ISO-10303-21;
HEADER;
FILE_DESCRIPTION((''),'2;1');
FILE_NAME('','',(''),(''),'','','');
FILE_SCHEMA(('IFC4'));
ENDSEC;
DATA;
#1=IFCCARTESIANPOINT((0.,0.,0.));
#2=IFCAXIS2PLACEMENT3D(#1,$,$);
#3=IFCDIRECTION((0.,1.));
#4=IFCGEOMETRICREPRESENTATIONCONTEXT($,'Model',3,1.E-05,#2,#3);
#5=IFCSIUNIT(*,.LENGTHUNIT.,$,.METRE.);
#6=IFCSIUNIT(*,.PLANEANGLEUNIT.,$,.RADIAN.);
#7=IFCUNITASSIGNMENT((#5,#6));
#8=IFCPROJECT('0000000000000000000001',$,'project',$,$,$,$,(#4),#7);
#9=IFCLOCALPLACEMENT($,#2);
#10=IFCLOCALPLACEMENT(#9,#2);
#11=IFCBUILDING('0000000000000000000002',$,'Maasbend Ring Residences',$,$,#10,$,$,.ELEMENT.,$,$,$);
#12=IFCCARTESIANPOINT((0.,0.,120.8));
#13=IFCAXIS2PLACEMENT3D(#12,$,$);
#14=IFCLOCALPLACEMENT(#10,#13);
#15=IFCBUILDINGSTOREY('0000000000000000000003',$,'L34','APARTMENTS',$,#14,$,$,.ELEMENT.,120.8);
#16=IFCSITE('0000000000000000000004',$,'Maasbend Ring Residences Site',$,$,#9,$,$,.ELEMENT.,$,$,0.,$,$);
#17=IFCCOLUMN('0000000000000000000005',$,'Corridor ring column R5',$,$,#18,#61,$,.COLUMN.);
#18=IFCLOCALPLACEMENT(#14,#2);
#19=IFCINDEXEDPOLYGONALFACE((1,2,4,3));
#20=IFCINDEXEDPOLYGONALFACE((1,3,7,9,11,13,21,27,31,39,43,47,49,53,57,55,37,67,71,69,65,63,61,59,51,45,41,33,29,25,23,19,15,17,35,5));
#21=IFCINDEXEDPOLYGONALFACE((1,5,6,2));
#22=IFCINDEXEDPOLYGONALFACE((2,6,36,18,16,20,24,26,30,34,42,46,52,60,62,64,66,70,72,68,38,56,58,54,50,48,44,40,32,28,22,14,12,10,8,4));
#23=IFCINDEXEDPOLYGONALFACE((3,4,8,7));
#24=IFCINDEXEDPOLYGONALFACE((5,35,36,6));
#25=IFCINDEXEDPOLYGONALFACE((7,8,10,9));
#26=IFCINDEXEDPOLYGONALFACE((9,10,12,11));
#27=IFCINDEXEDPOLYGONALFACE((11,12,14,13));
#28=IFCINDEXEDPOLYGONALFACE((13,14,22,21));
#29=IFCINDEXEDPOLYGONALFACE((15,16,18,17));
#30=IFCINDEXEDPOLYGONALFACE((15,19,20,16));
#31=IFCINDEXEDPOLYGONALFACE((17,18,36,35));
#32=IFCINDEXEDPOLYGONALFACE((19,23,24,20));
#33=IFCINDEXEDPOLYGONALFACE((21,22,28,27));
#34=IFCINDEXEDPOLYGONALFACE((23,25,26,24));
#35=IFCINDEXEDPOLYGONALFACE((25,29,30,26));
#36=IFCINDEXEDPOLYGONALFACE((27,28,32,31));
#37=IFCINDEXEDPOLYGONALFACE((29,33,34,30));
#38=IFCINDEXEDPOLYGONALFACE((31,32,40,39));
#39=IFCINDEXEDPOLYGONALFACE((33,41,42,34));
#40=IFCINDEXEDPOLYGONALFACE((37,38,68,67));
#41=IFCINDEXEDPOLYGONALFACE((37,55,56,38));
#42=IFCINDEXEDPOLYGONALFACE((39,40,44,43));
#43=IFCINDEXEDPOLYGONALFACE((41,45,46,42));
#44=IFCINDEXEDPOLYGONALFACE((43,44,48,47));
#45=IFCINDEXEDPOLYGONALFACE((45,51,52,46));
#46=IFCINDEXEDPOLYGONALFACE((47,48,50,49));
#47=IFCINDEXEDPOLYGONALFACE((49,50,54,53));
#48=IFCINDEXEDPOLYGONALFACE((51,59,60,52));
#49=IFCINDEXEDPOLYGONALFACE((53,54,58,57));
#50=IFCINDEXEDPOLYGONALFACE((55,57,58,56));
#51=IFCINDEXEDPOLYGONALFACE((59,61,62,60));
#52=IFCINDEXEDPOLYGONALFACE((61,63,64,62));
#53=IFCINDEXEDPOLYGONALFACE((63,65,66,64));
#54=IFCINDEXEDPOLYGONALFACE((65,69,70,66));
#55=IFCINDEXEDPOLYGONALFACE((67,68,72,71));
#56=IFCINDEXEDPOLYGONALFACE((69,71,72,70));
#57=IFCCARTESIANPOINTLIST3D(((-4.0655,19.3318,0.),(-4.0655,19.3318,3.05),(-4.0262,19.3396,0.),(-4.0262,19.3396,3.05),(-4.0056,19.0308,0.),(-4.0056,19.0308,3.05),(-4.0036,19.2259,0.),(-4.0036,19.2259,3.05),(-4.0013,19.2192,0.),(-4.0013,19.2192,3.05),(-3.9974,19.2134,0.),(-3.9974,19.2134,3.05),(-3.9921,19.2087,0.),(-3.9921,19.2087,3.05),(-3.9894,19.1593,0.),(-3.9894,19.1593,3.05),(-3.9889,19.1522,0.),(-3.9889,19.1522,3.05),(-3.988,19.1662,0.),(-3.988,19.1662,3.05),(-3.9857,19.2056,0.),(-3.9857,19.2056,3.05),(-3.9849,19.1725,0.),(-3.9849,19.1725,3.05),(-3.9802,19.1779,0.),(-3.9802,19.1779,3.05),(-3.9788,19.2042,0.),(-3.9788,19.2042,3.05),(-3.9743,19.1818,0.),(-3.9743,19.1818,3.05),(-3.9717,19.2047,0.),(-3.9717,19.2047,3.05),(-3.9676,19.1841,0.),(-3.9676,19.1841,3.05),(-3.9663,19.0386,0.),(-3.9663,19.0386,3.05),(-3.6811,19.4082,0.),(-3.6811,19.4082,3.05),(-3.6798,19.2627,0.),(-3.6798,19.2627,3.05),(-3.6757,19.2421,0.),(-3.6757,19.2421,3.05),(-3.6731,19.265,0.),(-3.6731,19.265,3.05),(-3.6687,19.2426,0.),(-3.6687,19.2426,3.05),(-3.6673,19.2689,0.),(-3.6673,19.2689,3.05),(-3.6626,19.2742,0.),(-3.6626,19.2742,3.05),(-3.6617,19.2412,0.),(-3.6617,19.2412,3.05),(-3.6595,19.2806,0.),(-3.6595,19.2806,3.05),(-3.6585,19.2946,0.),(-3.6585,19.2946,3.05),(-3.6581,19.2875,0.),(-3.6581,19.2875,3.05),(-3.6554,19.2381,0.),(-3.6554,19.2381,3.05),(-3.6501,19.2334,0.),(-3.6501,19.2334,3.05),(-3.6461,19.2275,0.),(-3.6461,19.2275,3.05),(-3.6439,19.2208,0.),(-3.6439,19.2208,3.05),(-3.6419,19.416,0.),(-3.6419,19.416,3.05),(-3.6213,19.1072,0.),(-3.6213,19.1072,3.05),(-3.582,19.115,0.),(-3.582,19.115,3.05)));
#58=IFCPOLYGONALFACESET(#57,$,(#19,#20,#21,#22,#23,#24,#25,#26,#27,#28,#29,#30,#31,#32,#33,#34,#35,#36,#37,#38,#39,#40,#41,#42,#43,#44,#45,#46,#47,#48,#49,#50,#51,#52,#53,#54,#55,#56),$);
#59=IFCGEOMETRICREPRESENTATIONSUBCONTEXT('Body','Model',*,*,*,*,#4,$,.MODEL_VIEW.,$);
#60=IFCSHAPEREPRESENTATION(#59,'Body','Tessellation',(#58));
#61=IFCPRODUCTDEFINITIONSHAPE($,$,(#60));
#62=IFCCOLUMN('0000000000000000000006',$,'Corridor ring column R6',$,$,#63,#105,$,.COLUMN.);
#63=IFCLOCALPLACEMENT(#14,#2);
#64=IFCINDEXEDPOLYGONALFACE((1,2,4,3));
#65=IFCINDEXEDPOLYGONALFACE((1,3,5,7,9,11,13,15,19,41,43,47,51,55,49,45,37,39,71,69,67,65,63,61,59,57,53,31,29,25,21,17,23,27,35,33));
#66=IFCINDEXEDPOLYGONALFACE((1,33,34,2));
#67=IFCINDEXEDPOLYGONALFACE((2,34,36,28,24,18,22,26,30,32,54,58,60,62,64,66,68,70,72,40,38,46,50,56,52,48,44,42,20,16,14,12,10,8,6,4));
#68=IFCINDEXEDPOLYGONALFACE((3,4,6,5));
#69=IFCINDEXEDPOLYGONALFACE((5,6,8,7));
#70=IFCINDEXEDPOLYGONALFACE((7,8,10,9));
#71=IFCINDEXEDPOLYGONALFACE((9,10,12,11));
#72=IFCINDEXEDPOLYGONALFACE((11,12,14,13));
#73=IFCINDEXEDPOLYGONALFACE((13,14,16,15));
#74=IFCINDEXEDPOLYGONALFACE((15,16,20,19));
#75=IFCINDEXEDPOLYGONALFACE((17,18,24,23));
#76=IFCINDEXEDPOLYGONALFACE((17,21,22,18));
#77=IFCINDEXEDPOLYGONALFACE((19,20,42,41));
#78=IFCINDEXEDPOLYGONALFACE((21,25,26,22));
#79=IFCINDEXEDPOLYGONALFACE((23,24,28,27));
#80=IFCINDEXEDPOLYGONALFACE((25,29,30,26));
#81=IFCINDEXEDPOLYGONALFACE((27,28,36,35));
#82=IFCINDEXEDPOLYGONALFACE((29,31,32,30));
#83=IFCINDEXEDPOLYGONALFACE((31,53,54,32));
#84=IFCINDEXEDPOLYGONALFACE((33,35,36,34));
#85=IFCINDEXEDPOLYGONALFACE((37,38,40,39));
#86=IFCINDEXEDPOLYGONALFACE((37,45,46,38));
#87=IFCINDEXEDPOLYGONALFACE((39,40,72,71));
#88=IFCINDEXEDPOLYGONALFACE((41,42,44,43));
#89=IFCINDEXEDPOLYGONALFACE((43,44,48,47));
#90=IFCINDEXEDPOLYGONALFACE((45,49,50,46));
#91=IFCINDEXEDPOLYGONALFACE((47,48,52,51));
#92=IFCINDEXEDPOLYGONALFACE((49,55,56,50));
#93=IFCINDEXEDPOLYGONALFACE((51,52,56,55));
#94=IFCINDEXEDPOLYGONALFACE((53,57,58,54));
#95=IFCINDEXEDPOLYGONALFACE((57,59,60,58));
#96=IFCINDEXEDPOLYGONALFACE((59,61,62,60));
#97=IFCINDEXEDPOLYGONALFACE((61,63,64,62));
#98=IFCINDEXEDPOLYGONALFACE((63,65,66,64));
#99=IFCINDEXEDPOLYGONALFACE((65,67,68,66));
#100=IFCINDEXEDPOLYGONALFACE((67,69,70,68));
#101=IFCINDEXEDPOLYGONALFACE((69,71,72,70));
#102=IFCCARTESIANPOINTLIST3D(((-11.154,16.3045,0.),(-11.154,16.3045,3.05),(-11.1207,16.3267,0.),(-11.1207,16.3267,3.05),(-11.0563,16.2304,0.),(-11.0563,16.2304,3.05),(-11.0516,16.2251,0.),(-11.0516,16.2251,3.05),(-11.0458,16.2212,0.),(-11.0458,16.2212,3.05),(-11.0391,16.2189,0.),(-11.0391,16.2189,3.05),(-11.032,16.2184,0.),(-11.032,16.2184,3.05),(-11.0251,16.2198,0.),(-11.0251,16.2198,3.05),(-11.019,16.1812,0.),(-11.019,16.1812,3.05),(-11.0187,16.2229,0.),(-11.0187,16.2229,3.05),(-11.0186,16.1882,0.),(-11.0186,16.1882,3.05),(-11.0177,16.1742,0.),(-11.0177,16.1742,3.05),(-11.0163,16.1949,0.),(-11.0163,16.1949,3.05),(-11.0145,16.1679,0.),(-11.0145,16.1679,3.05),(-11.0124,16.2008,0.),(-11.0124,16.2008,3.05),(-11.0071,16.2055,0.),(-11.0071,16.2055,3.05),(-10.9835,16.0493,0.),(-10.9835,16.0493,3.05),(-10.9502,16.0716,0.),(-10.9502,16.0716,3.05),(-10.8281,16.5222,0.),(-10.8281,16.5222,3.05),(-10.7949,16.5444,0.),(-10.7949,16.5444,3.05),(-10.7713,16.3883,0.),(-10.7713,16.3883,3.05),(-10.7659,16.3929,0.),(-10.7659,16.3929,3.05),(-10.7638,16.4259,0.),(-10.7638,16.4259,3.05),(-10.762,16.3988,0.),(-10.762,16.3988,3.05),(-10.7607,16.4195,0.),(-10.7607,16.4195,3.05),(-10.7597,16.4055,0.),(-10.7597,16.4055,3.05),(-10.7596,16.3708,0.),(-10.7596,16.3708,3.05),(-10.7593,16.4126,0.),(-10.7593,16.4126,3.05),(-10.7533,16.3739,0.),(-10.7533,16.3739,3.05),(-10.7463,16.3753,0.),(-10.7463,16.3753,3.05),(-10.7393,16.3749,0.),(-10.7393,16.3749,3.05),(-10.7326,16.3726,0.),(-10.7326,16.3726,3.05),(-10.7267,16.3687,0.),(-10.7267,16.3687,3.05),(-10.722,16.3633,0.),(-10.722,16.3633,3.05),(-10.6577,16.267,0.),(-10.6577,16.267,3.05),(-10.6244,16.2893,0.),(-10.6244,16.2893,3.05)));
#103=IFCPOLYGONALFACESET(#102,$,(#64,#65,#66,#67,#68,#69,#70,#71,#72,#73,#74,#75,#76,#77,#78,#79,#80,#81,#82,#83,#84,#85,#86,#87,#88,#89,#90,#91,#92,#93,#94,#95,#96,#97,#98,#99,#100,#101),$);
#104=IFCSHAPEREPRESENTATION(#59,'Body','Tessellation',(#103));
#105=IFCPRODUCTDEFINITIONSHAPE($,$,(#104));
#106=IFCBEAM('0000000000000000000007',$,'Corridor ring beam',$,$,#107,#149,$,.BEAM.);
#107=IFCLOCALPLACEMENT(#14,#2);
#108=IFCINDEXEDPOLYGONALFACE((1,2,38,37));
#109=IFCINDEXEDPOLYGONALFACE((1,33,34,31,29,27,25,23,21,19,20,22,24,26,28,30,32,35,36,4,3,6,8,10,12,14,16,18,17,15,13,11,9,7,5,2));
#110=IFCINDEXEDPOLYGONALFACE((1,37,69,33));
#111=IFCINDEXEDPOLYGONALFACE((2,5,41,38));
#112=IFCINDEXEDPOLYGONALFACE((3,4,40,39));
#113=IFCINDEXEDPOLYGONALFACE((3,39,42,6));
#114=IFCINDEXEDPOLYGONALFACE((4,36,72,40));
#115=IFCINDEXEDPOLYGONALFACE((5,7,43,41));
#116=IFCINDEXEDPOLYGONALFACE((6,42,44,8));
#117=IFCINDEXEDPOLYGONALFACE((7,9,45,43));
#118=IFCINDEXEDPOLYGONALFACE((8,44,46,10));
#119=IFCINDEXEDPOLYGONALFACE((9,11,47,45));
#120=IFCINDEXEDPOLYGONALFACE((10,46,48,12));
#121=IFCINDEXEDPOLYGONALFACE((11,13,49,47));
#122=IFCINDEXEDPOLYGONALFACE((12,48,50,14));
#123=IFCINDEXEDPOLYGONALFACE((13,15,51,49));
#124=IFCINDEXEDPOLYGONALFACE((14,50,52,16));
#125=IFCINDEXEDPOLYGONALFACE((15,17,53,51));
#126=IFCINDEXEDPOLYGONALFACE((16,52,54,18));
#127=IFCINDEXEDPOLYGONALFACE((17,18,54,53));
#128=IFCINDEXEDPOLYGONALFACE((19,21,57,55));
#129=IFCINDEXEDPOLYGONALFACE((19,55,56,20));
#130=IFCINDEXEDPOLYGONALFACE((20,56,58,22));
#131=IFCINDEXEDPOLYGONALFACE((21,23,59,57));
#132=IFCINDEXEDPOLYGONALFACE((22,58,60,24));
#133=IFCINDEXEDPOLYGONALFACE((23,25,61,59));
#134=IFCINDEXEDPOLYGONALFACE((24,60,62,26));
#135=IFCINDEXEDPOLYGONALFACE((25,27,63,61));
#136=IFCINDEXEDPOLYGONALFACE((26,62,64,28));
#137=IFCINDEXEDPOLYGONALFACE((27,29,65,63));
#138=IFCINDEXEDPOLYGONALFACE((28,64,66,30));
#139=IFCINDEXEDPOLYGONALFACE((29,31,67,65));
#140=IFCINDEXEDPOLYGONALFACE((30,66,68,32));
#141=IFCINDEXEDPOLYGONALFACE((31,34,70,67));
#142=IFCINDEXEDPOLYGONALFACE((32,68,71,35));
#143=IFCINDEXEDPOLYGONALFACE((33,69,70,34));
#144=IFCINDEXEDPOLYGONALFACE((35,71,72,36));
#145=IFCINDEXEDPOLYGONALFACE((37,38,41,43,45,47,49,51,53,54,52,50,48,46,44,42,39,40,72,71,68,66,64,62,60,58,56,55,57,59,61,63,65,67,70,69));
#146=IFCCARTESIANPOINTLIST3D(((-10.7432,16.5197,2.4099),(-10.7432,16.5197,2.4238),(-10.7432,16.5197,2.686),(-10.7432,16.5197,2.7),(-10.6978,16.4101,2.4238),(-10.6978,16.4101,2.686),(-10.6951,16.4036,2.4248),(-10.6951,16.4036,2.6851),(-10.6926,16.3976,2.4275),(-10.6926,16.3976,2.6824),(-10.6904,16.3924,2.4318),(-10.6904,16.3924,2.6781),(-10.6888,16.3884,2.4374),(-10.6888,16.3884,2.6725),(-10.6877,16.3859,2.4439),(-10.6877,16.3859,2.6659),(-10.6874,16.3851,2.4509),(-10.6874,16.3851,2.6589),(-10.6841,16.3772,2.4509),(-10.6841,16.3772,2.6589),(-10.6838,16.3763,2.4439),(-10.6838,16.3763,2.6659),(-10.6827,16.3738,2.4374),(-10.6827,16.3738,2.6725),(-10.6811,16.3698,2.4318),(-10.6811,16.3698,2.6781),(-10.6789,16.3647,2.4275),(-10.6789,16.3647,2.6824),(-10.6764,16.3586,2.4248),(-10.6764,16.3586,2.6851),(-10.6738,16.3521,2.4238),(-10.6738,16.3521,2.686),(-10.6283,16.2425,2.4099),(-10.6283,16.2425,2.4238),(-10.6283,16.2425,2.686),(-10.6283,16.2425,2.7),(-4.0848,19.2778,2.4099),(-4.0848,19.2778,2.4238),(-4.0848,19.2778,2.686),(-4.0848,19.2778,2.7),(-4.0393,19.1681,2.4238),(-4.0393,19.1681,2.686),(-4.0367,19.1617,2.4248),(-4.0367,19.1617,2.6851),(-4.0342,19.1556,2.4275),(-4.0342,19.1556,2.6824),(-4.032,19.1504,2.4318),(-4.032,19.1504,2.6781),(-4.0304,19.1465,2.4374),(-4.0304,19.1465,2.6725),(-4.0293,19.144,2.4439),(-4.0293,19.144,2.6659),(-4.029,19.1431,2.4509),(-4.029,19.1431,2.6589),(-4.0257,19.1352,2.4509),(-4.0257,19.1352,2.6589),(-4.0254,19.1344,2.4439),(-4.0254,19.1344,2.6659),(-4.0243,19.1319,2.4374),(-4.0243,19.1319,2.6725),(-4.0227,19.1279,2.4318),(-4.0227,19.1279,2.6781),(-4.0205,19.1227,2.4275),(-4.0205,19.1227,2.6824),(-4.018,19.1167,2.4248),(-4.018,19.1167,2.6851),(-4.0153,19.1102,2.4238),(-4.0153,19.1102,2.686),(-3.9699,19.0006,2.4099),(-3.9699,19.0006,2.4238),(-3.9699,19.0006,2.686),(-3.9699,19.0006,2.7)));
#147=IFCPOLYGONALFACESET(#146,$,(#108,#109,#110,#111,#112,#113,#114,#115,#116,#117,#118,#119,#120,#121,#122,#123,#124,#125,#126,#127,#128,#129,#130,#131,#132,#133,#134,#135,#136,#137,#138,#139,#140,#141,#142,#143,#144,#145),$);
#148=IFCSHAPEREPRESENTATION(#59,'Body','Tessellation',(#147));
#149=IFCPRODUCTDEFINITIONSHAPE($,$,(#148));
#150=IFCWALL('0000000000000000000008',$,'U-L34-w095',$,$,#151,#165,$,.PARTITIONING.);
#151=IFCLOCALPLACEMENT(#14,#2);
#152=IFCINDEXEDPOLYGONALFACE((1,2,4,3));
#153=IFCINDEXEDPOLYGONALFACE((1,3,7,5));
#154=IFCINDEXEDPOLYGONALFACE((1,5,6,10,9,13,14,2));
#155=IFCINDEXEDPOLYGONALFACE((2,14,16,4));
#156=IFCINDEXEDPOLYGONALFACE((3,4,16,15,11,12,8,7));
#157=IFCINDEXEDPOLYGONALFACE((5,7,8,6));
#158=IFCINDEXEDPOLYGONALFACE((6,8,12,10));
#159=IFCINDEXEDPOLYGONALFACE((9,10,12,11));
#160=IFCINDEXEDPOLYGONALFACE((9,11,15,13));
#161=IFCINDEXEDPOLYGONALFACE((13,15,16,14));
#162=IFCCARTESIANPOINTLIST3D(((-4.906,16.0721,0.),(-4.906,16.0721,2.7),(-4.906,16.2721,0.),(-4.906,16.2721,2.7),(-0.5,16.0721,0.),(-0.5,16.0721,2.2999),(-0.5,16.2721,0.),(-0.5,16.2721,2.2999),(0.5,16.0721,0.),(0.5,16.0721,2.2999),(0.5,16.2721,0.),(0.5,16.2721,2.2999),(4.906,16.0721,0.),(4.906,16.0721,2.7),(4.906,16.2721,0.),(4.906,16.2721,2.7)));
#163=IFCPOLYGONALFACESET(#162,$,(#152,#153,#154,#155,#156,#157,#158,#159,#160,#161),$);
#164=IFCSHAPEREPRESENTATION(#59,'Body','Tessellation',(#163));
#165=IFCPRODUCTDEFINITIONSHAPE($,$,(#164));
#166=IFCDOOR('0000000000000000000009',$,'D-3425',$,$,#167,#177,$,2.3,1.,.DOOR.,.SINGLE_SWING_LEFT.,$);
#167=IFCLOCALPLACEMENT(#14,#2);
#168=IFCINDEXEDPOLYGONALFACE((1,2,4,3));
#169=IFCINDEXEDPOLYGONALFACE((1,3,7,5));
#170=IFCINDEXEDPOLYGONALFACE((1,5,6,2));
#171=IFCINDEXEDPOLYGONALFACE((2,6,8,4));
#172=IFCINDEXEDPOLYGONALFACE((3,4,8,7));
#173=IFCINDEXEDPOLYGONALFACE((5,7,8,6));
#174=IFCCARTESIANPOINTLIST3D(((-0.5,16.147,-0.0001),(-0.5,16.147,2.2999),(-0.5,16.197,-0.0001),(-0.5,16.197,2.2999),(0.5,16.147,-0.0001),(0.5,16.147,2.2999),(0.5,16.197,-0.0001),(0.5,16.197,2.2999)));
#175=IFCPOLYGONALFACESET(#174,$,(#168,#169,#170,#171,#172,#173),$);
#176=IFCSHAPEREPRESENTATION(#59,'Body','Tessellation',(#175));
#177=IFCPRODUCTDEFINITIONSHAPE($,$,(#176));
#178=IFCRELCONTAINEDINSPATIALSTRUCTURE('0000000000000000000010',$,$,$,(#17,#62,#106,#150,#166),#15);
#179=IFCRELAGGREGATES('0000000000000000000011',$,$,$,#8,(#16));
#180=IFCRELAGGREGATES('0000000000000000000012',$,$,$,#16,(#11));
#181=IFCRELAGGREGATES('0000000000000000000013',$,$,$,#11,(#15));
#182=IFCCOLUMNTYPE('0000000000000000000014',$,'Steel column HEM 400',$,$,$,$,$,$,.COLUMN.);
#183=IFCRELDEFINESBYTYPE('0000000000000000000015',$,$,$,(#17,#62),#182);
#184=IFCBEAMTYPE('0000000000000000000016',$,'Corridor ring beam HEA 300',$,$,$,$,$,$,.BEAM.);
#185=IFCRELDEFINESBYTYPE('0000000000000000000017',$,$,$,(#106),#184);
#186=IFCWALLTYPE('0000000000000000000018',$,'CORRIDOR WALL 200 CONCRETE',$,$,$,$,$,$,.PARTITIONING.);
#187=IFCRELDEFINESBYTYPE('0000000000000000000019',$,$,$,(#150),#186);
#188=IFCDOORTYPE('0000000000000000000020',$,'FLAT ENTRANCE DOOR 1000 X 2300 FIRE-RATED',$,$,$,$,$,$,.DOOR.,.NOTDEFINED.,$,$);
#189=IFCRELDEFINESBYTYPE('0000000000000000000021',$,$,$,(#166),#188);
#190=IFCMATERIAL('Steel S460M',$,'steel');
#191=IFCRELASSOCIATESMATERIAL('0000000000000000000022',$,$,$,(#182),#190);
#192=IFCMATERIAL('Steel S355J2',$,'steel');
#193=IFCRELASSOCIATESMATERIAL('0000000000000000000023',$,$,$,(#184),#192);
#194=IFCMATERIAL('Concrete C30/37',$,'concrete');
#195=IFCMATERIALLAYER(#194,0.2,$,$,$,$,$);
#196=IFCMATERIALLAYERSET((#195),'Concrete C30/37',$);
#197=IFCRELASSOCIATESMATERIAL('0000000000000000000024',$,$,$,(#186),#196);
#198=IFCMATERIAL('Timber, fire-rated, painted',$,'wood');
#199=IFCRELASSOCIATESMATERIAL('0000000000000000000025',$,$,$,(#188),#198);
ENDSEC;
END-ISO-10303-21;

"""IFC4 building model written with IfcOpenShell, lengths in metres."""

from ifc_helpers import new_model, si_unit, direction, frame, frame_2d, origin, origin_2d, place, context, subcontext, project, spatial, rectangle, i_section, extrude, material, layer, layer_set, material_profile, profile_set, type_object, element, fill, save


model = new_model("IFC4")

# Units and contexts
model_context = context("Model", 3, precision=1e-05, world=origin(), true_north=direction((0.0, 1.0)))
body_context = subcontext(model_context, "Body", "Model", "MODEL_VIEW")
ifc_project = project(units=[si_unit("LENGTHUNIT", "METRE"), si_unit("PLANEANGLEUNIT", "RADIAN")], contexts=[model_context])

# Site, building, storey
site_placement = place(None, origin())
site = spatial("IfcSite", under=ifc_project, at=site_placement, Name="Maasbend Ring Residences Site", CompositionType="ELEMENT", RefElevation=0.0)
building_placement = place(site_placement, origin())
building = spatial("IfcBuilding", under=site, at=building_placement, Name="Maasbend Ring Residences", CompositionType="ELEMENT")
storey_placement = place(building_placement, frame((0.0, 0.0, 120.8)))
storey = spatial("IfcBuildingStorey", under=building, at=storey_placement, Name="L34", Description="APARTMENTS", CompositionType="ELEMENT", Elevation=120.8)

# Columns
ifc_material_1 = material(Name="Steel S460M", Category="steel")
ifc_material_profile_1 = material_profile(ifc_material_1, i_section(OverallWidth=0.3069, OverallDepth=0.4319, WebThickness=0.021, FlangeThickness=0.04, FilletRadius=0.0271, at=origin_2d()), Name="HEM 400")
ifc_profile_set_1 = profile_set([ifc_material_profile_1], Name="Steel S460M")
column_type = type_object("IfcColumnType", Name="Steel column HEM 400", PredefinedType="COLUMN", material=ifc_profile_set_1)
for number, where, z_axis, x_axis, name in (
    (1, (-3.8237, 19.2234, 0.0), (0.0, 0.0, 1.0), (-0.19509, 0.980785, 0.0), "Corridor ring column R5"),
    (2, (-10.8892, 16.2969, 0.0), (0.0, 0.0, 1.0), (-0.55557, 0.83147, 0.0), "Corridor ring column R6"),
):
    element("IfcColumn", number, at=place(storey_placement, frame(where, z_axis=z_axis, x_axis=x_axis)), inside=storey, type_object=column_type, Name=name, PredefinedType="COLUMN", context=body_context, shape_type="SweptSolid", body=[
        extrude(i_section(OverallWidth=0.3069, OverallDepth=0.4319, WebThickness=0.021, FlangeThickness=0.04, FilletRadius=0.0271, at=origin_2d()), origin(), (0.0, 0.0, 1.0), 3.05),
    ])

# Beam
ifc_material_2 = material(Name="Steel S355J2", Category="steel")
ifc_material_profile_2 = material_profile(ifc_material_2, i_section(OverallWidth=0.3, OverallDepth=0.29, WebThickness=0.0085, FlangeThickness=0.0139, FilletRadius=0.0271, at=origin_2d()), Name="HEA 300")
ifc_profile_set_2 = profile_set([ifc_material_profile_2], Name="Steel S355J2")
beam_type = type_object("IfcBeamType", Name="Corridor ring beam HEA 300", PredefinedType="BEAM", material=ifc_profile_set_2)
beam_placement = place(storey_placement, frame((-4.0273, 19.1392, 2.5549), z_axis=(-0.923878, -0.382688, 0.0), x_axis=(0.382688, -0.923878, 0.0)))
element("IfcBeam", 3, at=beam_placement, inside=storey, type_object=beam_type, Name="Corridor ring beam", PredefinedType="BEAM", context=body_context, shape_type="SweptSolid", body=[
    extrude(i_section(OverallWidth=0.3, OverallDepth=0.29, WebThickness=0.0085, FlangeThickness=0.0139, FilletRadius=0.0271, at=origin_2d()), origin(), (0.0, 0.0, 1.0), 7.207),
])

# Wall, opening, door
ifc_material_3 = material(Name="Concrete C30/37", Category="concrete")
ifc_layer_1 = layer(ifc_material_3, 0.2)
ifc_layer_set_1 = layer_set([ifc_layer_1], Name="Concrete C30/37")
wall_type_1 = type_object("IfcWallType", Name="CORRIDOR WALL 200 CONCRETE", PredefinedType="PARTITIONING", material=ifc_layer_set_1)
wall_1_placement = place(storey_placement, frame((-4.906, 16.1721, 0.0), z_axis=(0.0, 0.0, 1.0), x_axis=(1.0, 0.0, 0.0)))
wall_1 = element("IfcWall", 4, at=wall_1_placement, inside=storey, type_object=wall_type_1, Name="U-L34-w095", PredefinedType="PARTITIONING", context=body_context, shape_type="SweptSolid", body=[
    extrude(rectangle(XDim=9.812, YDim=0.2, at=frame_2d((4.906, 0.0))), origin(), (0.0, 0.0, 1.0), 2.7),
])
opening_1_placement = place(wall_1_placement, frame((4.406, 0.0, 0.0)))
opening_1 = element("IfcOpeningElement", 5, at=opening_1_placement, cuts=wall_1, PredefinedType="OPENING", context=body_context, shape_type="SweptSolid", body=[
    extrude(rectangle(XDim=1.0, YDim=2.3, at=frame_2d((0.5, 1.1499))), frame((0.0, 0.1099, 0.0), z_axis=(0.0, -1.0, 0.0), x_axis=(1.0, 0.0, 0.0)), (0.0, 0.0, 1.0), 0.22),
])
ifc_material_4 = material(Name="Timber, fire-rated, painted", Category="wood")
door_type_1 = type_object("IfcDoorType", Name="FLAT ENTRANCE DOOR 1000 X 2300 FIRE-RATED", OperationType="NOTDEFINED", PredefinedType="DOOR", material=ifc_material_4)
door_1_placement = place(opening_1_placement, origin())
door_1 = element("IfcDoor", 6, at=door_1_placement, inside=storey, type_object=door_type_1, Name="D-3425", OperationType="SINGLE_SWING_LEFT", OverallHeight=2.3, OverallWidth=1.0, PredefinedType="DOOR", context=body_context, shape_type="SweptSolid", body=[
    extrude(rectangle(XDim=1.0, YDim=2.3, at=frame_2d((0.5, 1.1499))), frame((0.0, 0.0249, 0.0), z_axis=(0.0, -1.0, 0.0), x_axis=(1.0, 0.0, 0.0)), (0.0, 0.0, 1.0), 0.05),
])
fill(opening_1, door_1)

save(model, "model.ifc")
